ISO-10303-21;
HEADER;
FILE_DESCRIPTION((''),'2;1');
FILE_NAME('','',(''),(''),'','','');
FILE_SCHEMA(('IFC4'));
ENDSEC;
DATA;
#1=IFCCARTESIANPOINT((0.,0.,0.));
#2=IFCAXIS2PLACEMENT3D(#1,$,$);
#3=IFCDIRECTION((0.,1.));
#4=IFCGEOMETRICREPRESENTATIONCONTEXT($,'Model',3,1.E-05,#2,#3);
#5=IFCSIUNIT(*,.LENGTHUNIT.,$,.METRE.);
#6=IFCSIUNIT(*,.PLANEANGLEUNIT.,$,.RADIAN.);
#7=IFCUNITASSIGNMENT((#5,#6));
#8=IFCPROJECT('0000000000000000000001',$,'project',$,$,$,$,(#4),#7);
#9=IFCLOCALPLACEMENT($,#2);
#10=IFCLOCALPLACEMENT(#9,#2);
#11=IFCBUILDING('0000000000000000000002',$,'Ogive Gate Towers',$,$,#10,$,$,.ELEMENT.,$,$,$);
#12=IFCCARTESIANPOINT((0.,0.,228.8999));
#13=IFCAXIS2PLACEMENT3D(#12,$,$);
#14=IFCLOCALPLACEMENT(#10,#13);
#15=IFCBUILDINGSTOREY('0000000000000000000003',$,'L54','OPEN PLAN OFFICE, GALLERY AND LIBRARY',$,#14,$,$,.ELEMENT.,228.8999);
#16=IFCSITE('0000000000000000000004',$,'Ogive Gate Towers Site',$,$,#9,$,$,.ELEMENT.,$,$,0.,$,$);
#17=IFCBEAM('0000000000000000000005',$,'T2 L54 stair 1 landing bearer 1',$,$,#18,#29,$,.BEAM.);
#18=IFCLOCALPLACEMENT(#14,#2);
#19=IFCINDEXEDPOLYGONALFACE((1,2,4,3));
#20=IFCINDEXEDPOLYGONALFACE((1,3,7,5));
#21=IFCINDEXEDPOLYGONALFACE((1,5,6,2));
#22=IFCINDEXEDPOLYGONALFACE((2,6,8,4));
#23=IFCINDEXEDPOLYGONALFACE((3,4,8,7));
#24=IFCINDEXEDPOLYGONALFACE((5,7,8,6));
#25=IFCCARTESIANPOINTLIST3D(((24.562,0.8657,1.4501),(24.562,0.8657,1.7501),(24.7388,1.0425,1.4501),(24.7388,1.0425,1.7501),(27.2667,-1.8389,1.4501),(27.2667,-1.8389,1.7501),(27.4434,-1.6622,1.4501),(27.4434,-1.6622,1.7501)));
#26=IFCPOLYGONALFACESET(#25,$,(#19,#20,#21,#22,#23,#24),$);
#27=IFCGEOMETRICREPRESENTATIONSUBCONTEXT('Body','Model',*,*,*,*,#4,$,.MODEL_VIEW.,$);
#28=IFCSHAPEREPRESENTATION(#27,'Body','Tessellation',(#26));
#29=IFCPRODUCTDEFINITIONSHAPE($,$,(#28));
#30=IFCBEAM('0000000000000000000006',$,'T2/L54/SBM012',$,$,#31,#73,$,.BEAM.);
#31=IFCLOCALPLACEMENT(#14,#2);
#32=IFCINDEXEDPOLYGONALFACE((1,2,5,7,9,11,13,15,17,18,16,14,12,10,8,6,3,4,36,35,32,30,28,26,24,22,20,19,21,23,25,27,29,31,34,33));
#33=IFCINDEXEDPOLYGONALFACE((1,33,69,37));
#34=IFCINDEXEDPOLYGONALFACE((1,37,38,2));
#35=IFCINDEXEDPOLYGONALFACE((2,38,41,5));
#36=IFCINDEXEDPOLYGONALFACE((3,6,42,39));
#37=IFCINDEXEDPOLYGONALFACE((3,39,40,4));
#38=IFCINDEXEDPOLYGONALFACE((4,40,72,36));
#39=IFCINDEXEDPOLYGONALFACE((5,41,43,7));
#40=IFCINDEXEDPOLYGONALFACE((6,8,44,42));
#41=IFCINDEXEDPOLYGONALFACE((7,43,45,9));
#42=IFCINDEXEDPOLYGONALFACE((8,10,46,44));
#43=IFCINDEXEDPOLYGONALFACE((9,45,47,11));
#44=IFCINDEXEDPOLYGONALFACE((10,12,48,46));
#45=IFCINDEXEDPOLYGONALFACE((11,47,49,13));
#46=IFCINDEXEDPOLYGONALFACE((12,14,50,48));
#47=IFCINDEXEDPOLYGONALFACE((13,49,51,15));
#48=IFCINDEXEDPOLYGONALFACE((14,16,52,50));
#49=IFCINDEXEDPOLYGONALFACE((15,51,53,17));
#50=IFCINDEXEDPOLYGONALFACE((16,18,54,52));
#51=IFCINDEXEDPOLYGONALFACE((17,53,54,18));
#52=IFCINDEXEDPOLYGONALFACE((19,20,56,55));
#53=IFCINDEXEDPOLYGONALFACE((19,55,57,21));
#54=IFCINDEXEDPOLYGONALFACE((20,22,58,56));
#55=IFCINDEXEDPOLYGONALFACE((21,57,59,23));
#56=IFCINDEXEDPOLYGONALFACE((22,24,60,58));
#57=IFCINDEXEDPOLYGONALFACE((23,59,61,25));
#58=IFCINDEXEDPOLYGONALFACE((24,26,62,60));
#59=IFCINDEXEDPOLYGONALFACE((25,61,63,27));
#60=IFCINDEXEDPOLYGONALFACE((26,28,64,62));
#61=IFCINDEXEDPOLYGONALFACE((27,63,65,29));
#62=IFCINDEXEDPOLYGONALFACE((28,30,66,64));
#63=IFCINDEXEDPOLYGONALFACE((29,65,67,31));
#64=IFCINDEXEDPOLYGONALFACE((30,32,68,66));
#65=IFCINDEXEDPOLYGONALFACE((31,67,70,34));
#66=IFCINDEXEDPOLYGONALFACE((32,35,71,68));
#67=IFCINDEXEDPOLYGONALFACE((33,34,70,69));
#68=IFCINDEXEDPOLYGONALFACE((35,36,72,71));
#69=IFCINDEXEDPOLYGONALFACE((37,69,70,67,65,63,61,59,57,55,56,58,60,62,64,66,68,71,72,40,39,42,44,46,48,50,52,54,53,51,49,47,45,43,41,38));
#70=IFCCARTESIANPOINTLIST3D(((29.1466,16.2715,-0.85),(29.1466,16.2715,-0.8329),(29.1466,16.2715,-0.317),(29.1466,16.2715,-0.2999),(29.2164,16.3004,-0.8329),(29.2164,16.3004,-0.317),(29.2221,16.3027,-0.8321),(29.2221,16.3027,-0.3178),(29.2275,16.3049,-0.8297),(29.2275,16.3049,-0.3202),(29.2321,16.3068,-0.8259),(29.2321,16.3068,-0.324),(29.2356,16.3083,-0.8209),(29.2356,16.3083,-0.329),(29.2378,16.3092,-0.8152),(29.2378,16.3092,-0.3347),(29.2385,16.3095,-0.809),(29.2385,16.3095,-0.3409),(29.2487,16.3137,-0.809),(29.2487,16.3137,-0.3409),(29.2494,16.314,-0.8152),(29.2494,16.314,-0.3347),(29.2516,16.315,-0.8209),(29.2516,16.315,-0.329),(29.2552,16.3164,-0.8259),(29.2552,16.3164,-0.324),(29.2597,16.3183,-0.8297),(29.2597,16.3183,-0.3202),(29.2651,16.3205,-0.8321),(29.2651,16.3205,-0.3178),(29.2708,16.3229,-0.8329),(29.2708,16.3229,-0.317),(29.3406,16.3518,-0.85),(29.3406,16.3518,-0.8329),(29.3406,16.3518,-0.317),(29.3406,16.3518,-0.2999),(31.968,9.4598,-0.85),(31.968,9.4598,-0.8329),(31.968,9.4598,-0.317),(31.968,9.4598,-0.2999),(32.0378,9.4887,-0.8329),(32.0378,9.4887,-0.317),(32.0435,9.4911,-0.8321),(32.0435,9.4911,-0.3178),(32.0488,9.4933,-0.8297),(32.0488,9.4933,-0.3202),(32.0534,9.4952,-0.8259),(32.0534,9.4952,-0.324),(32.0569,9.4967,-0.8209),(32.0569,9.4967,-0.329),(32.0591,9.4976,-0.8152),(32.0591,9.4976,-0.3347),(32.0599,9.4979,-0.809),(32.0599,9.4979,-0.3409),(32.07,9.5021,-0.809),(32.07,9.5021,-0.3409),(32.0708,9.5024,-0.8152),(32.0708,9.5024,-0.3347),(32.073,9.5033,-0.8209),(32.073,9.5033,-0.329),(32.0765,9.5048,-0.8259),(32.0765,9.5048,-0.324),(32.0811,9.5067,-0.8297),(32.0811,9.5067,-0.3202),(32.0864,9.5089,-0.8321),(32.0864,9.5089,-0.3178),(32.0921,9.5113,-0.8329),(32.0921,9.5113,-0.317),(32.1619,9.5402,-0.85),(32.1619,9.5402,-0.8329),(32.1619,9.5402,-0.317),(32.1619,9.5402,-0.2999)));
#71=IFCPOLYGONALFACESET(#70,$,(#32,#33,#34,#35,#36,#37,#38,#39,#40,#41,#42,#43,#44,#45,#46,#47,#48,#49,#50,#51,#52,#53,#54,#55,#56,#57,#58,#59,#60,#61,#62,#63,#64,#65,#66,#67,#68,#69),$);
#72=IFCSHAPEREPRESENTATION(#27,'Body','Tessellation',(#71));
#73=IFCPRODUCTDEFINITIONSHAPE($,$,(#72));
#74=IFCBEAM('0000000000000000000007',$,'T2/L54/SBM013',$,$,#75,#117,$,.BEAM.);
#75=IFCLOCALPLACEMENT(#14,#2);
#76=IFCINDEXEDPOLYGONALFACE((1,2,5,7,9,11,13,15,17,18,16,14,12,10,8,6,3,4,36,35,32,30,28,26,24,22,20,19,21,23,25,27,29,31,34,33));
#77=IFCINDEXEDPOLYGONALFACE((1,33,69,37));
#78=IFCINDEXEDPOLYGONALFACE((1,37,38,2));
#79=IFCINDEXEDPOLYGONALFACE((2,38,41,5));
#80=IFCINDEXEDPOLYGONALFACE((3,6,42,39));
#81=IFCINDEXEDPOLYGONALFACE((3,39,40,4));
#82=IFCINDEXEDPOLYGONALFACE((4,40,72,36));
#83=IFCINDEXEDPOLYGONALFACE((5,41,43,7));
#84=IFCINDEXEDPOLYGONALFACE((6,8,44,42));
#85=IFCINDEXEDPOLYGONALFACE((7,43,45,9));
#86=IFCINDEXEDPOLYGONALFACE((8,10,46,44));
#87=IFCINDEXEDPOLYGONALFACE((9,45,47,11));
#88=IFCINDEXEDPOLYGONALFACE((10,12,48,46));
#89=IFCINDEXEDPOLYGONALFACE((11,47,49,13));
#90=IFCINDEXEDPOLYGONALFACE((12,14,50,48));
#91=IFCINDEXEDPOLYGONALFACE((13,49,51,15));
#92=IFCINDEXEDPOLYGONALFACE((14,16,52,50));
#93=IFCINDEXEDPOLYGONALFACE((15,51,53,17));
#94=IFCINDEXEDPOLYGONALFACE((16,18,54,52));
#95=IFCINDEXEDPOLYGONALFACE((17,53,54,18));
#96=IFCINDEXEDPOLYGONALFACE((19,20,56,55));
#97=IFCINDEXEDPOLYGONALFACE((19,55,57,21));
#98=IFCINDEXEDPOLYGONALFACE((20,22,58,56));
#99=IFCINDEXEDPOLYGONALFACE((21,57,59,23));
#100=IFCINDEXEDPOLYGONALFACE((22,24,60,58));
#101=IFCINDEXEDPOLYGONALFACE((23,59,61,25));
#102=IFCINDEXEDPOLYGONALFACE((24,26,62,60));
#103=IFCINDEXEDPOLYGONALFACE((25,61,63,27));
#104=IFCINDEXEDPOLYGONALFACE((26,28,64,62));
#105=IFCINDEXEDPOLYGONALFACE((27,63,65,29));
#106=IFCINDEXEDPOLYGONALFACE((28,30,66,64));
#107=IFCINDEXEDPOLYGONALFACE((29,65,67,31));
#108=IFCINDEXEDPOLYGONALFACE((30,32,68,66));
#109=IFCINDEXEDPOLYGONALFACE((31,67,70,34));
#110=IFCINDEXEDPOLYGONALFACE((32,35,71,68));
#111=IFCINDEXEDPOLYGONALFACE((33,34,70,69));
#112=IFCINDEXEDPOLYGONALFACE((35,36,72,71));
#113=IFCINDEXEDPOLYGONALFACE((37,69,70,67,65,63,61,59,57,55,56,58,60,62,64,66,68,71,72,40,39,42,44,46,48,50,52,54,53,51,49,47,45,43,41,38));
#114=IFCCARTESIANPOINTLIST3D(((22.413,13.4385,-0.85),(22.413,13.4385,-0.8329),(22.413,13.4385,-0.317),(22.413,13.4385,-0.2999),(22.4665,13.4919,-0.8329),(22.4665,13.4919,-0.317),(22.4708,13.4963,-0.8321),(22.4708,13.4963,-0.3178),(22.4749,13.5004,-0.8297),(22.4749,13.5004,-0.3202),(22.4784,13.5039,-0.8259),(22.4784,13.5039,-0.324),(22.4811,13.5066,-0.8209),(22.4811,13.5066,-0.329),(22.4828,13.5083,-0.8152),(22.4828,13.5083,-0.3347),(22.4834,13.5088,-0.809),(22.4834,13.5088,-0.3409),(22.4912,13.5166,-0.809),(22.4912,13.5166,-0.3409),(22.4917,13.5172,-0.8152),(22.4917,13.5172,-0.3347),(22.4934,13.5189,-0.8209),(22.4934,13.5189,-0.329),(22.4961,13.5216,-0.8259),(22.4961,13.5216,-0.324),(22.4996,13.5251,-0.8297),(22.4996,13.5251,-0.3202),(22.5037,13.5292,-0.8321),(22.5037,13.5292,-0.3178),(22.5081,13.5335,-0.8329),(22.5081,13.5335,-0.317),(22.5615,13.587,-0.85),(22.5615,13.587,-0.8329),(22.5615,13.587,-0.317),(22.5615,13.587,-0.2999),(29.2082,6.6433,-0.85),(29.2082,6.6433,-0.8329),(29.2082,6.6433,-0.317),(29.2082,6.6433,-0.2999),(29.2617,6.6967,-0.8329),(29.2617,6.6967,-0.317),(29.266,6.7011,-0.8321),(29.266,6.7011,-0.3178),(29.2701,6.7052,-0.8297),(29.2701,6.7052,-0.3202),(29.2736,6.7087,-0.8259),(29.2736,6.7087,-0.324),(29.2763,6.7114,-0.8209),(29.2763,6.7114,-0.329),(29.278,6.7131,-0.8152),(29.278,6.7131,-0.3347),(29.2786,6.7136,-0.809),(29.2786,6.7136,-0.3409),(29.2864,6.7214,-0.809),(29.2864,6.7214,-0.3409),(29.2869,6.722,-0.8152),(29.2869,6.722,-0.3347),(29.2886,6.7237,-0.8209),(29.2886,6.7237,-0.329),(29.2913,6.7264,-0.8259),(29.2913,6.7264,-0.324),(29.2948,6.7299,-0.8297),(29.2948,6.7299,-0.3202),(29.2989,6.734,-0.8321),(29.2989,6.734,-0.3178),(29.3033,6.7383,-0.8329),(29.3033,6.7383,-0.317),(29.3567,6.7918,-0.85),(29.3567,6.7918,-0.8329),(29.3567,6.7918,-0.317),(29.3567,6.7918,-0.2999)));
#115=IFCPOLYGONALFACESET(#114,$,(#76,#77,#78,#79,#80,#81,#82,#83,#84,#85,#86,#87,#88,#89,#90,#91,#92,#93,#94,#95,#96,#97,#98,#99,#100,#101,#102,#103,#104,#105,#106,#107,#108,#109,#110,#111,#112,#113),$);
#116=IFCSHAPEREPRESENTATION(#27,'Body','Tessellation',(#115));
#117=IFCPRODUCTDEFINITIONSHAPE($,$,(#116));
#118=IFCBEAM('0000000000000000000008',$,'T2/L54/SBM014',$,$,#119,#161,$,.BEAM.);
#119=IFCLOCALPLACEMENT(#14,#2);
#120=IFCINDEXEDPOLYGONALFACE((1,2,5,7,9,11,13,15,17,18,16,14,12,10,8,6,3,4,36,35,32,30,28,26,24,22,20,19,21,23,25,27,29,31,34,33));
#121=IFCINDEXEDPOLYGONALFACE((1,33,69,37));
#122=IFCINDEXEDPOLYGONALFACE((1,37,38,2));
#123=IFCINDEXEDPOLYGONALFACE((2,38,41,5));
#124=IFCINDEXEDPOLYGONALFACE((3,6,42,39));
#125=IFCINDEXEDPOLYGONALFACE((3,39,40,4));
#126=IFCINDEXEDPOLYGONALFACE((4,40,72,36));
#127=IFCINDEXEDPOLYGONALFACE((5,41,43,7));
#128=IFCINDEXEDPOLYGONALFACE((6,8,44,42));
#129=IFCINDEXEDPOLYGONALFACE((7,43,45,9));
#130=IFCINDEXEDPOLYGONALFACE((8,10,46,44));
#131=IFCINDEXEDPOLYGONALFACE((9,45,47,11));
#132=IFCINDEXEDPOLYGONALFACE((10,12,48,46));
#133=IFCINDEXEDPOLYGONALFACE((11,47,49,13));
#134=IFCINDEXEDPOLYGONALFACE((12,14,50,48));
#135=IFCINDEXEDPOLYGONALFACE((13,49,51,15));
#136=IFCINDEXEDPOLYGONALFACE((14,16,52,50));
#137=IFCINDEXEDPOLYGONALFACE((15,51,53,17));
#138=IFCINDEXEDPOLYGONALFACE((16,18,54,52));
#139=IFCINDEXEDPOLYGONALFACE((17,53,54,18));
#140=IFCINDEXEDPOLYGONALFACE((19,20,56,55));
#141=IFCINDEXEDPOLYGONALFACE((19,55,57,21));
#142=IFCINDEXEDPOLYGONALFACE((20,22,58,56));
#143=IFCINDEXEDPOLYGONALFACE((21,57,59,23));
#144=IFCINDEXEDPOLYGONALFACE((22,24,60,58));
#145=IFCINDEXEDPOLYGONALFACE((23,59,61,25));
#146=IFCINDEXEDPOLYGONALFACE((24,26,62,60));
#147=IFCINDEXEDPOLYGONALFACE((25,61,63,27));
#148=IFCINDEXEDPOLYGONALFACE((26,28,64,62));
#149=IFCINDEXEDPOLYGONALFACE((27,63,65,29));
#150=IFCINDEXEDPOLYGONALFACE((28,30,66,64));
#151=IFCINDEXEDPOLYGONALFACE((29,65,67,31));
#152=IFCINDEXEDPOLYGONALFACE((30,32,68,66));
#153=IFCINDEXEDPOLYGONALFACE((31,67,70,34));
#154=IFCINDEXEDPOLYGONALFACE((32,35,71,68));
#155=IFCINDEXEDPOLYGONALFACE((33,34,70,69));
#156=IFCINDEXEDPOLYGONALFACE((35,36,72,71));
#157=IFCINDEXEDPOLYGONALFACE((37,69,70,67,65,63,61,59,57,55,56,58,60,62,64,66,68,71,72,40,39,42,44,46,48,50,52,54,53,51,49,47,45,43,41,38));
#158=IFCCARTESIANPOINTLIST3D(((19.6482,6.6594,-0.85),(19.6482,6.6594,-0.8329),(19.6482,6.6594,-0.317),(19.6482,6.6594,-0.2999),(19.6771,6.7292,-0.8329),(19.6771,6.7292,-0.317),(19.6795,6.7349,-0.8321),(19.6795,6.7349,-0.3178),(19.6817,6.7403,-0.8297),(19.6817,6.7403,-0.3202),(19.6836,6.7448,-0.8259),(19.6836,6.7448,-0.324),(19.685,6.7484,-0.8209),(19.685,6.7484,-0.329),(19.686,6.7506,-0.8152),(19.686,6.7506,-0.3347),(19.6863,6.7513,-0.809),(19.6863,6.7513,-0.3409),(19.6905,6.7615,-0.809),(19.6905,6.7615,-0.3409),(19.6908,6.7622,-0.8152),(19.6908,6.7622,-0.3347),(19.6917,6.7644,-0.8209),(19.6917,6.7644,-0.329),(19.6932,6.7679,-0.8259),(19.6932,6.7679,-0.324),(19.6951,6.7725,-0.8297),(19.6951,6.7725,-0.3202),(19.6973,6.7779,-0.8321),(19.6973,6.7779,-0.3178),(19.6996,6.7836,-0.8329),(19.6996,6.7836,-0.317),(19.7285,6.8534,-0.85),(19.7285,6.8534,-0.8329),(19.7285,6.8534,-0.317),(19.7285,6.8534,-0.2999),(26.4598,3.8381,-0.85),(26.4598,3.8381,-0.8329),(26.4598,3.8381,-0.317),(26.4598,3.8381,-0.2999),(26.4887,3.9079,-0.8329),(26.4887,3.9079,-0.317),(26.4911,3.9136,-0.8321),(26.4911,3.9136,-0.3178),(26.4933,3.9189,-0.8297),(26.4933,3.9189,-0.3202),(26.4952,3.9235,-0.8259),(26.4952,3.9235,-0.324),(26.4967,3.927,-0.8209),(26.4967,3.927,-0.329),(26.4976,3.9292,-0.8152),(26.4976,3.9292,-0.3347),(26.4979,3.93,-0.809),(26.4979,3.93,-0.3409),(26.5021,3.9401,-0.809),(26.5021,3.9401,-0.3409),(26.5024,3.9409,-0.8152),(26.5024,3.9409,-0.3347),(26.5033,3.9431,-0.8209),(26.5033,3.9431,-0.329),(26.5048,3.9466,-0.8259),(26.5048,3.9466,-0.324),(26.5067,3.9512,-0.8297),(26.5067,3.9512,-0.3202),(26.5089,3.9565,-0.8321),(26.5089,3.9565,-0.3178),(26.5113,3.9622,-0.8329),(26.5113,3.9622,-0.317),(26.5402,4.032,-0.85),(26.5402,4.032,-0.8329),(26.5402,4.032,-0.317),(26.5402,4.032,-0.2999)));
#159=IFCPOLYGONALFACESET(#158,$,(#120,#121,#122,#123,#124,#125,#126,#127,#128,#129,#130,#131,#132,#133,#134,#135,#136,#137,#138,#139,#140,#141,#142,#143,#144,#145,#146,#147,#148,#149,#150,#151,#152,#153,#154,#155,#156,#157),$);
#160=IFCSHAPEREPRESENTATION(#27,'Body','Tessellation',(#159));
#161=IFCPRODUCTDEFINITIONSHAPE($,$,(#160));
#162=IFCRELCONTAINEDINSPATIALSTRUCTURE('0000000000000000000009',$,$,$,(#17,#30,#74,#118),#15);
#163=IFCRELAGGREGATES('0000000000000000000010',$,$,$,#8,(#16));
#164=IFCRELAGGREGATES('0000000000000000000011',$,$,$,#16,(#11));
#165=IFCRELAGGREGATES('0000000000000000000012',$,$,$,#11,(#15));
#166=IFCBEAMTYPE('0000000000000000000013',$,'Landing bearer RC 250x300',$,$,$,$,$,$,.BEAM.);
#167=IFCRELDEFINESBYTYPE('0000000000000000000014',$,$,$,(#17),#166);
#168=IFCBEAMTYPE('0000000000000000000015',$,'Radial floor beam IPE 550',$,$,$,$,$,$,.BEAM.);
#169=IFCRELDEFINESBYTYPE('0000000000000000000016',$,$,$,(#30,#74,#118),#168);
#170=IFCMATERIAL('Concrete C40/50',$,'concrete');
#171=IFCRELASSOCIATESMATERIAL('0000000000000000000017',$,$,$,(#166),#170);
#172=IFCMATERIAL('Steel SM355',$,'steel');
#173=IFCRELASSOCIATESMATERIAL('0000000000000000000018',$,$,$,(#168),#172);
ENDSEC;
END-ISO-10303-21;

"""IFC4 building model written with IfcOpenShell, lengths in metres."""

from ifc_helpers import new_model, si_unit, direction, frame, origin, origin_2d, place, context, subcontext, project, spatial, rectangle, i_section, extrude, material, material_profile, profile_set, type_object, element, save


model = new_model("IFC4")

# Units and contexts
model_context = context("Model", 3, precision=1e-05, world=origin(), true_north=direction((0.0, 1.0)))
body_context = subcontext(model_context, "Body", "Model", "MODEL_VIEW")
ifc_project = project(units=[si_unit("LENGTHUNIT", "METRE"), si_unit("PLANEANGLEUNIT", "RADIAN")], contexts=[model_context])

# Site, building, storey
site_placement = place(None, origin())
site = spatial("IfcSite", under=ifc_project, at=site_placement, Name="Ogive Gate Towers Site", CompositionType="ELEMENT", RefElevation=0.0)
building_placement = place(site_placement, origin())
building = spatial("IfcBuilding", under=site, at=building_placement, Name="Ogive Gate Towers", CompositionType="ELEMENT")
storey_placement = place(building_placement, frame((0.0, 0.0, 228.8999)))
storey = spatial("IfcBuildingStorey", under=building, at=storey_placement, Name="L54", Description="OPEN PLAN OFFICE, GALLERY AND LIBRARY", CompositionType="ELEMENT", Elevation=228.8999)

# Beams
ifc_material_1 = material(Name="Concrete C40/50", Category="concrete")
ifc_material_profile_1 = material_profile(ifc_material_1, rectangle(XDim=0.25, YDim=0.3, at=origin_2d()), Name="RC 250x300")
ifc_profile_set_1 = profile_set([ifc_material_profile_1], Name="Concrete C40/50")
beam_type_1 = type_object("IfcBeamType", Name="Landing bearer RC 250x300", PredefinedType="BEAM", material=ifc_profile_set_1)
beam_1_placement = place(storey_placement, frame((24.6504, 0.9541, 1.6001), z_axis=(0.707107, -0.707107, 0.0), x_axis=(0.707107, 0.707107, 0.0)))
element("IfcBeam", 1, at=beam_1_placement, inside=storey, type_object=beam_type_1, Name="T2 L54 stair 1 landing bearer 1", PredefinedType="BEAM", context=body_context, shape_type="SweptSolid", body=[
    extrude(rectangle(XDim=0.25, YDim=0.3, at=origin_2d()), origin(), (0.0, 0.0, 1.0), 3.825),
])
ifc_material_2 = material(Name="Steel SM355", Category="steel")
ifc_material_profile_2 = material_profile(ifc_material_2, i_section(OverallWidth=0.21, OverallDepth=0.55, WebThickness=0.011, FlangeThickness=0.0171, FilletRadius=0.0239, at=origin_2d()), Name="IPE 550")
ifc_profile_set_2 = profile_set([ifc_material_profile_2], Name="Steel SM355")
beam_type_2 = type_object("IfcBeamType", Name="Radial floor beam IPE 550", PredefinedType="BEAM", material=ifc_profile_set_2)
beam_2_placement = place(storey_placement, frame((32.0649, 9.5, -0.575), z_axis=(-0.382668, 0.923886, 0.0), x_axis=(-0.923886, -0.382668, 0.0)))
element("IfcBeam", 2, at=beam_2_placement, inside=storey, type_object=beam_type_2, Name="T2/L54/SBM012", PredefinedType="BEAM", context=body_context, shape_type="SweptSolid", body=[
    extrude(i_section(OverallWidth=0.21, OverallDepth=0.55, WebThickness=0.011, FlangeThickness=0.0171, FilletRadius=0.0239, at=origin_2d()), origin(), (0.0, 0.0, 1.0), 7.3728),
])
beam_3_placement = place(storey_placement, frame((29.2825, 6.7175, -0.575), z_axis=(-0.707107, 0.707107, 0.0), x_axis=(-0.707107, -0.707107, 0.0)))
element("IfcBeam", 3, at=beam_3_placement, inside=storey, type_object=beam_type_2, Name="T2/L54/SBM013", PredefinedType="BEAM", context=body_context, shape_type="SweptSolid", body=[
    extrude(i_section(OverallWidth=0.21, OverallDepth=0.55, WebThickness=0.011, FlangeThickness=0.0171, FilletRadius=0.0239, at=origin_2d()), origin(), (0.0, 0.0, 1.0), 9.6099),
])
beam_4_placement = place(storey_placement, frame((26.5, 3.9351, -0.575), z_axis=(-0.923886, 0.382668, 0.0), x_axis=(-0.382668, -0.923886, 0.0)))
element("IfcBeam", 4, at=beam_4_placement, inside=storey, type_object=beam_type_2, Name="T2/L54/SBM014", PredefinedType="BEAM", context=body_context, shape_type="SweptSolid", body=[
    extrude(i_section(OverallWidth=0.21, OverallDepth=0.55, WebThickness=0.011, FlangeThickness=0.0171, FilletRadius=0.0239, at=origin_2d()), origin(), (0.0, 0.0, 1.0), 7.3728),
])

save(model, "model.ifc")
